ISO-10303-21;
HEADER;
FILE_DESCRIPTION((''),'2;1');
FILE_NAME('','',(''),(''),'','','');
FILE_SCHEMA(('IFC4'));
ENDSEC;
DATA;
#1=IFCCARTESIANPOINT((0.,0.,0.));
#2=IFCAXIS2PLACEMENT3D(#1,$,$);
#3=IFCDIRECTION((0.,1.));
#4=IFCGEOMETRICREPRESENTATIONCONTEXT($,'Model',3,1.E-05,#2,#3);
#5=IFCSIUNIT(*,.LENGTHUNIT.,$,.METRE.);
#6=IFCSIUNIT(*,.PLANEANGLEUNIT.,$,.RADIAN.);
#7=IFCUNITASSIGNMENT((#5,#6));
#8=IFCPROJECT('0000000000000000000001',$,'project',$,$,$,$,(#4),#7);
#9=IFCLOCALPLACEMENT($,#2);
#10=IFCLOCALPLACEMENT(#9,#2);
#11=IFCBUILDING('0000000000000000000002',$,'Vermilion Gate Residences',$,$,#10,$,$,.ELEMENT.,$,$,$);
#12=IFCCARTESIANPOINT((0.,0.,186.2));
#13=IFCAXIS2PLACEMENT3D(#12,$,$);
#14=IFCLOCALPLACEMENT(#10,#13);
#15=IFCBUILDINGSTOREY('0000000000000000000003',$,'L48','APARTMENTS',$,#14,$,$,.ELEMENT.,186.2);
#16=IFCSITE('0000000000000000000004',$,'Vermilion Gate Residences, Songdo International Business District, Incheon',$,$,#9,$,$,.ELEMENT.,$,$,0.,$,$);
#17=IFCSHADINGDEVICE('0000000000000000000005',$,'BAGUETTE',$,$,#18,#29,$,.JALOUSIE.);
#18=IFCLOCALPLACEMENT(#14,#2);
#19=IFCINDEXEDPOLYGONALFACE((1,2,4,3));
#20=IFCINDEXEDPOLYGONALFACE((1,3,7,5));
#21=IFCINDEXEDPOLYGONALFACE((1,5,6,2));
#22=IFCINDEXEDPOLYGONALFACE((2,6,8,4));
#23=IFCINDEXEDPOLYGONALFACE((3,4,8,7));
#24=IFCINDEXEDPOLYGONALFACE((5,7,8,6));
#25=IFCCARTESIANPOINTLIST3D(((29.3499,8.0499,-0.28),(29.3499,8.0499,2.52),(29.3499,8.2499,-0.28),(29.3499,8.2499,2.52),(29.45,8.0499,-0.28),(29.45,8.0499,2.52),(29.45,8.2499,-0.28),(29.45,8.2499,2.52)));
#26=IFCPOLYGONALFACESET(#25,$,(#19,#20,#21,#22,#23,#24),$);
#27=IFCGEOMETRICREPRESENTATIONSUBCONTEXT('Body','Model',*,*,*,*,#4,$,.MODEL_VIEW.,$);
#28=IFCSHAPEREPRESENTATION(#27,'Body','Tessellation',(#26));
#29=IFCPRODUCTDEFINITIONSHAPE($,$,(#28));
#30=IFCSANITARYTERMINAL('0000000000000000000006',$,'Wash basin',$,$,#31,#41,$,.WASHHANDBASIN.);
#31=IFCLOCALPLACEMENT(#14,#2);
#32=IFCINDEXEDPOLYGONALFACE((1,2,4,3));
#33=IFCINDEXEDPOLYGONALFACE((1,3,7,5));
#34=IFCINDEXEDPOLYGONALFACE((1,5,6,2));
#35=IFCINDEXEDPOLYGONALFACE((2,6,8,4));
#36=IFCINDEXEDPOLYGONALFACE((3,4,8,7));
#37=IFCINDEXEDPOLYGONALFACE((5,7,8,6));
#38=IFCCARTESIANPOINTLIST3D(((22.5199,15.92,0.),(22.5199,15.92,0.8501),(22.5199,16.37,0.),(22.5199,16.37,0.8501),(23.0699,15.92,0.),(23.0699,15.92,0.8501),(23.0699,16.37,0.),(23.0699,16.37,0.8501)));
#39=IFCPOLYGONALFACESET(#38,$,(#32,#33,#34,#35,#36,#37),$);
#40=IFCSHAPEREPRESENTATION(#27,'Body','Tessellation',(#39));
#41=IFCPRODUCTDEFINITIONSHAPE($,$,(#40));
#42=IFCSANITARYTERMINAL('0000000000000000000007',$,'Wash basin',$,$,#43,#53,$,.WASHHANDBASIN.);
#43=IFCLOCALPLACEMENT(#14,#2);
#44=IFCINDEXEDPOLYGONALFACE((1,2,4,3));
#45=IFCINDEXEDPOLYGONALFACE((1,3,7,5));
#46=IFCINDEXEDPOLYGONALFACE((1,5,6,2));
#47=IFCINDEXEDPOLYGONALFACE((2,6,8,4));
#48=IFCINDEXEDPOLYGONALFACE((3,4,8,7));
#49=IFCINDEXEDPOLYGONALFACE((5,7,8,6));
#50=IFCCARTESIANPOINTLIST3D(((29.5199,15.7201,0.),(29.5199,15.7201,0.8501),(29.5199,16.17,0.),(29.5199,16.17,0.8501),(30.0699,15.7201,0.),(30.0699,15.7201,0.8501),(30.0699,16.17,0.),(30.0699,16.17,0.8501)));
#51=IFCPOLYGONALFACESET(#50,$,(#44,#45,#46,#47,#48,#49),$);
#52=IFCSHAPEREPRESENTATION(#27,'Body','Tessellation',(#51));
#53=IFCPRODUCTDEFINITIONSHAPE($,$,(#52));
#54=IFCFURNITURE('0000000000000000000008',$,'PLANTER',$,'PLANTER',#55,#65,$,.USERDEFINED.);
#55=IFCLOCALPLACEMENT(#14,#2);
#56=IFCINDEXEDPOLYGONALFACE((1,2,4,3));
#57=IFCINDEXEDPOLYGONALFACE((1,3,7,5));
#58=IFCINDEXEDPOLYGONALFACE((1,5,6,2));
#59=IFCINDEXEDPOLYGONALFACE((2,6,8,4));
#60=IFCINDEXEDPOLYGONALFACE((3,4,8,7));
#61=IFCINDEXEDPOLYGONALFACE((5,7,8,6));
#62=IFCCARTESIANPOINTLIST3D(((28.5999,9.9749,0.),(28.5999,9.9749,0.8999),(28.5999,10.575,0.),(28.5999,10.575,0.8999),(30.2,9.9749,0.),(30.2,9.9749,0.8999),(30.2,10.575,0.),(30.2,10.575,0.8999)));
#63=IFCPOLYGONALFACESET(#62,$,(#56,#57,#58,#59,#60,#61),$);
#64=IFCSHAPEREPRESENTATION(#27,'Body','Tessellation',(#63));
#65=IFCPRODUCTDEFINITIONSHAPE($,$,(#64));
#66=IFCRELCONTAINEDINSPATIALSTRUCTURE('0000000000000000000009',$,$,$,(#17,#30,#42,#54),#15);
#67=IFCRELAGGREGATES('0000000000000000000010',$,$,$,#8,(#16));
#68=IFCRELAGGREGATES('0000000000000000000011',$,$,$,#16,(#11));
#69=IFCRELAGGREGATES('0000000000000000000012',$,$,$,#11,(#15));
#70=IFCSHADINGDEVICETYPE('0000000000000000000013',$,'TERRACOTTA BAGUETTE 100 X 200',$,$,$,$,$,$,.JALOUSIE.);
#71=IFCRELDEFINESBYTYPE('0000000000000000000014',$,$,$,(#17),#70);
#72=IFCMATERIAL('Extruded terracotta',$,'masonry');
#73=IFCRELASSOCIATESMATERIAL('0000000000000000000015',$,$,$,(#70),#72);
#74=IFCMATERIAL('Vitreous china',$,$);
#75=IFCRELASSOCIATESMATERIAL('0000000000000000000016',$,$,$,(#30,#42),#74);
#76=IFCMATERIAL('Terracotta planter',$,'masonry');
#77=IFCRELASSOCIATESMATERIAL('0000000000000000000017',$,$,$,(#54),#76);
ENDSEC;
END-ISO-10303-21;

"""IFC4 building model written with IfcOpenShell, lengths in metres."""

from ifc_helpers import new_model, si_unit, direction, frame, origin, origin_2d, place, context, subcontext, project, spatial, rectangle, extrude, material, material_profile, profile_set, type_object, element, save


model = new_model("IFC4")

# Units and contexts
model_context = context("Model", 3, precision=1e-05, world=origin(), true_north=direction((0.0, 1.0)))
body_context = subcontext(model_context, "Body", "Model", "MODEL_VIEW")
ifc_project = project(units=[si_unit("LENGTHUNIT", "METRE"), si_unit("PLANEANGLEUNIT", "RADIAN")], contexts=[model_context])

# Site, building, storey
site_placement = place(None, origin())
site = spatial("IfcSite", under=ifc_project, at=site_placement, Name="Vermilion Gate Residences, Songdo International Business District, Incheon", CompositionType="ELEMENT", RefElevation=0.0)
building_placement = place(site_placement, origin())
building = spatial("IfcBuilding", under=site, at=building_placement, Name="Vermilion Gate Residences", CompositionType="ELEMENT")
storey_placement = place(building_placement, frame((0.0, 0.0, 186.2)))
storey = spatial("IfcBuildingStorey", under=building, at=storey_placement, Name="L48", Description="APARTMENTS", CompositionType="ELEMENT", Elevation=186.2)

# Shading device
ifc_material_1 = material(Name="Extruded terracotta", Category="masonry")
ifc_material_profile_1 = material_profile(ifc_material_1, rectangle(XDim=0.2, YDim=0.1001, at=origin_2d()), Name="BAGUETTE 100 X 200")
ifc_profile_set_1 = profile_set([ifc_material_profile_1], Name="Extruded terracotta")
shading_device_type_1 = type_object("IfcShadingDeviceType", Name="TERRACOTTA BAGUETTE 100 X 200", PredefinedType="JALOUSIE", material=ifc_profile_set_1)
shading_device_1_placement = place(storey_placement, frame((29.3999, 8.1499, -0.28), z_axis=(0.0, 0.0, 1.0), x_axis=(0.0, 1.0, 0.0)))
element("IfcShadingDevice", 1, at=shading_device_1_placement, inside=storey, type_object=shading_device_type_1, Name="BAGUETTE", PredefinedType="JALOUSIE", context=body_context, shape_type="SweptSolid", body=[
    extrude(rectangle(XDim=0.2, YDim=0.1001, at=origin_2d()), origin(), (0.0, 0.0, 1.0), 2.8),
])

# Sanitary terminals
ifc_material_2 = material(Name="Vitreous china")
for number, where, z_axis, x_axis, name in (
    (2, (22.7949, 16.145, 0.0), (0.0, 0.0, 1.0), (1.0, 0.0, 0.0), "Wash basin"),
    (3, (29.7949, 15.9451, 0.0), (0.0, 0.0, 1.0), (1.0, 0.0, 0.0), "Wash basin"),
):
    element("IfcSanitaryTerminal", number, at=place(storey_placement, frame(where, z_axis=z_axis, x_axis=x_axis)), inside=storey, material=ifc_material_2, Name=name, PredefinedType="WASHHANDBASIN", context=body_context, shape_type="SweptSolid", body=[
        extrude(rectangle(XDim=0.55, YDim=0.45, at=origin_2d()), origin(), (0.0, 0.0, 1.0), 0.8501),
    ])

# Furniture
ifc_material_3 = material(Name="Terracotta planter", Category="masonry")
furniture_placement = place(storey_placement, frame((29.3999, 10.2749, 0.0), z_axis=(0.0, 0.0, 1.0), x_axis=(1.0, 0.0, 0.0)))
element("IfcFurniture", 4, at=furniture_placement, inside=storey, material=ifc_material_3, Name="PLANTER", ObjectType="PLANTER", PredefinedType="USERDEFINED", context=body_context, shape_type="SweptSolid", body=[
    extrude(rectangle(XDim=1.6001, YDim=0.6001, at=origin_2d()), origin(), (0.0, 0.0, 1.0), 0.8999),
])

save(model, "model.ifc")
